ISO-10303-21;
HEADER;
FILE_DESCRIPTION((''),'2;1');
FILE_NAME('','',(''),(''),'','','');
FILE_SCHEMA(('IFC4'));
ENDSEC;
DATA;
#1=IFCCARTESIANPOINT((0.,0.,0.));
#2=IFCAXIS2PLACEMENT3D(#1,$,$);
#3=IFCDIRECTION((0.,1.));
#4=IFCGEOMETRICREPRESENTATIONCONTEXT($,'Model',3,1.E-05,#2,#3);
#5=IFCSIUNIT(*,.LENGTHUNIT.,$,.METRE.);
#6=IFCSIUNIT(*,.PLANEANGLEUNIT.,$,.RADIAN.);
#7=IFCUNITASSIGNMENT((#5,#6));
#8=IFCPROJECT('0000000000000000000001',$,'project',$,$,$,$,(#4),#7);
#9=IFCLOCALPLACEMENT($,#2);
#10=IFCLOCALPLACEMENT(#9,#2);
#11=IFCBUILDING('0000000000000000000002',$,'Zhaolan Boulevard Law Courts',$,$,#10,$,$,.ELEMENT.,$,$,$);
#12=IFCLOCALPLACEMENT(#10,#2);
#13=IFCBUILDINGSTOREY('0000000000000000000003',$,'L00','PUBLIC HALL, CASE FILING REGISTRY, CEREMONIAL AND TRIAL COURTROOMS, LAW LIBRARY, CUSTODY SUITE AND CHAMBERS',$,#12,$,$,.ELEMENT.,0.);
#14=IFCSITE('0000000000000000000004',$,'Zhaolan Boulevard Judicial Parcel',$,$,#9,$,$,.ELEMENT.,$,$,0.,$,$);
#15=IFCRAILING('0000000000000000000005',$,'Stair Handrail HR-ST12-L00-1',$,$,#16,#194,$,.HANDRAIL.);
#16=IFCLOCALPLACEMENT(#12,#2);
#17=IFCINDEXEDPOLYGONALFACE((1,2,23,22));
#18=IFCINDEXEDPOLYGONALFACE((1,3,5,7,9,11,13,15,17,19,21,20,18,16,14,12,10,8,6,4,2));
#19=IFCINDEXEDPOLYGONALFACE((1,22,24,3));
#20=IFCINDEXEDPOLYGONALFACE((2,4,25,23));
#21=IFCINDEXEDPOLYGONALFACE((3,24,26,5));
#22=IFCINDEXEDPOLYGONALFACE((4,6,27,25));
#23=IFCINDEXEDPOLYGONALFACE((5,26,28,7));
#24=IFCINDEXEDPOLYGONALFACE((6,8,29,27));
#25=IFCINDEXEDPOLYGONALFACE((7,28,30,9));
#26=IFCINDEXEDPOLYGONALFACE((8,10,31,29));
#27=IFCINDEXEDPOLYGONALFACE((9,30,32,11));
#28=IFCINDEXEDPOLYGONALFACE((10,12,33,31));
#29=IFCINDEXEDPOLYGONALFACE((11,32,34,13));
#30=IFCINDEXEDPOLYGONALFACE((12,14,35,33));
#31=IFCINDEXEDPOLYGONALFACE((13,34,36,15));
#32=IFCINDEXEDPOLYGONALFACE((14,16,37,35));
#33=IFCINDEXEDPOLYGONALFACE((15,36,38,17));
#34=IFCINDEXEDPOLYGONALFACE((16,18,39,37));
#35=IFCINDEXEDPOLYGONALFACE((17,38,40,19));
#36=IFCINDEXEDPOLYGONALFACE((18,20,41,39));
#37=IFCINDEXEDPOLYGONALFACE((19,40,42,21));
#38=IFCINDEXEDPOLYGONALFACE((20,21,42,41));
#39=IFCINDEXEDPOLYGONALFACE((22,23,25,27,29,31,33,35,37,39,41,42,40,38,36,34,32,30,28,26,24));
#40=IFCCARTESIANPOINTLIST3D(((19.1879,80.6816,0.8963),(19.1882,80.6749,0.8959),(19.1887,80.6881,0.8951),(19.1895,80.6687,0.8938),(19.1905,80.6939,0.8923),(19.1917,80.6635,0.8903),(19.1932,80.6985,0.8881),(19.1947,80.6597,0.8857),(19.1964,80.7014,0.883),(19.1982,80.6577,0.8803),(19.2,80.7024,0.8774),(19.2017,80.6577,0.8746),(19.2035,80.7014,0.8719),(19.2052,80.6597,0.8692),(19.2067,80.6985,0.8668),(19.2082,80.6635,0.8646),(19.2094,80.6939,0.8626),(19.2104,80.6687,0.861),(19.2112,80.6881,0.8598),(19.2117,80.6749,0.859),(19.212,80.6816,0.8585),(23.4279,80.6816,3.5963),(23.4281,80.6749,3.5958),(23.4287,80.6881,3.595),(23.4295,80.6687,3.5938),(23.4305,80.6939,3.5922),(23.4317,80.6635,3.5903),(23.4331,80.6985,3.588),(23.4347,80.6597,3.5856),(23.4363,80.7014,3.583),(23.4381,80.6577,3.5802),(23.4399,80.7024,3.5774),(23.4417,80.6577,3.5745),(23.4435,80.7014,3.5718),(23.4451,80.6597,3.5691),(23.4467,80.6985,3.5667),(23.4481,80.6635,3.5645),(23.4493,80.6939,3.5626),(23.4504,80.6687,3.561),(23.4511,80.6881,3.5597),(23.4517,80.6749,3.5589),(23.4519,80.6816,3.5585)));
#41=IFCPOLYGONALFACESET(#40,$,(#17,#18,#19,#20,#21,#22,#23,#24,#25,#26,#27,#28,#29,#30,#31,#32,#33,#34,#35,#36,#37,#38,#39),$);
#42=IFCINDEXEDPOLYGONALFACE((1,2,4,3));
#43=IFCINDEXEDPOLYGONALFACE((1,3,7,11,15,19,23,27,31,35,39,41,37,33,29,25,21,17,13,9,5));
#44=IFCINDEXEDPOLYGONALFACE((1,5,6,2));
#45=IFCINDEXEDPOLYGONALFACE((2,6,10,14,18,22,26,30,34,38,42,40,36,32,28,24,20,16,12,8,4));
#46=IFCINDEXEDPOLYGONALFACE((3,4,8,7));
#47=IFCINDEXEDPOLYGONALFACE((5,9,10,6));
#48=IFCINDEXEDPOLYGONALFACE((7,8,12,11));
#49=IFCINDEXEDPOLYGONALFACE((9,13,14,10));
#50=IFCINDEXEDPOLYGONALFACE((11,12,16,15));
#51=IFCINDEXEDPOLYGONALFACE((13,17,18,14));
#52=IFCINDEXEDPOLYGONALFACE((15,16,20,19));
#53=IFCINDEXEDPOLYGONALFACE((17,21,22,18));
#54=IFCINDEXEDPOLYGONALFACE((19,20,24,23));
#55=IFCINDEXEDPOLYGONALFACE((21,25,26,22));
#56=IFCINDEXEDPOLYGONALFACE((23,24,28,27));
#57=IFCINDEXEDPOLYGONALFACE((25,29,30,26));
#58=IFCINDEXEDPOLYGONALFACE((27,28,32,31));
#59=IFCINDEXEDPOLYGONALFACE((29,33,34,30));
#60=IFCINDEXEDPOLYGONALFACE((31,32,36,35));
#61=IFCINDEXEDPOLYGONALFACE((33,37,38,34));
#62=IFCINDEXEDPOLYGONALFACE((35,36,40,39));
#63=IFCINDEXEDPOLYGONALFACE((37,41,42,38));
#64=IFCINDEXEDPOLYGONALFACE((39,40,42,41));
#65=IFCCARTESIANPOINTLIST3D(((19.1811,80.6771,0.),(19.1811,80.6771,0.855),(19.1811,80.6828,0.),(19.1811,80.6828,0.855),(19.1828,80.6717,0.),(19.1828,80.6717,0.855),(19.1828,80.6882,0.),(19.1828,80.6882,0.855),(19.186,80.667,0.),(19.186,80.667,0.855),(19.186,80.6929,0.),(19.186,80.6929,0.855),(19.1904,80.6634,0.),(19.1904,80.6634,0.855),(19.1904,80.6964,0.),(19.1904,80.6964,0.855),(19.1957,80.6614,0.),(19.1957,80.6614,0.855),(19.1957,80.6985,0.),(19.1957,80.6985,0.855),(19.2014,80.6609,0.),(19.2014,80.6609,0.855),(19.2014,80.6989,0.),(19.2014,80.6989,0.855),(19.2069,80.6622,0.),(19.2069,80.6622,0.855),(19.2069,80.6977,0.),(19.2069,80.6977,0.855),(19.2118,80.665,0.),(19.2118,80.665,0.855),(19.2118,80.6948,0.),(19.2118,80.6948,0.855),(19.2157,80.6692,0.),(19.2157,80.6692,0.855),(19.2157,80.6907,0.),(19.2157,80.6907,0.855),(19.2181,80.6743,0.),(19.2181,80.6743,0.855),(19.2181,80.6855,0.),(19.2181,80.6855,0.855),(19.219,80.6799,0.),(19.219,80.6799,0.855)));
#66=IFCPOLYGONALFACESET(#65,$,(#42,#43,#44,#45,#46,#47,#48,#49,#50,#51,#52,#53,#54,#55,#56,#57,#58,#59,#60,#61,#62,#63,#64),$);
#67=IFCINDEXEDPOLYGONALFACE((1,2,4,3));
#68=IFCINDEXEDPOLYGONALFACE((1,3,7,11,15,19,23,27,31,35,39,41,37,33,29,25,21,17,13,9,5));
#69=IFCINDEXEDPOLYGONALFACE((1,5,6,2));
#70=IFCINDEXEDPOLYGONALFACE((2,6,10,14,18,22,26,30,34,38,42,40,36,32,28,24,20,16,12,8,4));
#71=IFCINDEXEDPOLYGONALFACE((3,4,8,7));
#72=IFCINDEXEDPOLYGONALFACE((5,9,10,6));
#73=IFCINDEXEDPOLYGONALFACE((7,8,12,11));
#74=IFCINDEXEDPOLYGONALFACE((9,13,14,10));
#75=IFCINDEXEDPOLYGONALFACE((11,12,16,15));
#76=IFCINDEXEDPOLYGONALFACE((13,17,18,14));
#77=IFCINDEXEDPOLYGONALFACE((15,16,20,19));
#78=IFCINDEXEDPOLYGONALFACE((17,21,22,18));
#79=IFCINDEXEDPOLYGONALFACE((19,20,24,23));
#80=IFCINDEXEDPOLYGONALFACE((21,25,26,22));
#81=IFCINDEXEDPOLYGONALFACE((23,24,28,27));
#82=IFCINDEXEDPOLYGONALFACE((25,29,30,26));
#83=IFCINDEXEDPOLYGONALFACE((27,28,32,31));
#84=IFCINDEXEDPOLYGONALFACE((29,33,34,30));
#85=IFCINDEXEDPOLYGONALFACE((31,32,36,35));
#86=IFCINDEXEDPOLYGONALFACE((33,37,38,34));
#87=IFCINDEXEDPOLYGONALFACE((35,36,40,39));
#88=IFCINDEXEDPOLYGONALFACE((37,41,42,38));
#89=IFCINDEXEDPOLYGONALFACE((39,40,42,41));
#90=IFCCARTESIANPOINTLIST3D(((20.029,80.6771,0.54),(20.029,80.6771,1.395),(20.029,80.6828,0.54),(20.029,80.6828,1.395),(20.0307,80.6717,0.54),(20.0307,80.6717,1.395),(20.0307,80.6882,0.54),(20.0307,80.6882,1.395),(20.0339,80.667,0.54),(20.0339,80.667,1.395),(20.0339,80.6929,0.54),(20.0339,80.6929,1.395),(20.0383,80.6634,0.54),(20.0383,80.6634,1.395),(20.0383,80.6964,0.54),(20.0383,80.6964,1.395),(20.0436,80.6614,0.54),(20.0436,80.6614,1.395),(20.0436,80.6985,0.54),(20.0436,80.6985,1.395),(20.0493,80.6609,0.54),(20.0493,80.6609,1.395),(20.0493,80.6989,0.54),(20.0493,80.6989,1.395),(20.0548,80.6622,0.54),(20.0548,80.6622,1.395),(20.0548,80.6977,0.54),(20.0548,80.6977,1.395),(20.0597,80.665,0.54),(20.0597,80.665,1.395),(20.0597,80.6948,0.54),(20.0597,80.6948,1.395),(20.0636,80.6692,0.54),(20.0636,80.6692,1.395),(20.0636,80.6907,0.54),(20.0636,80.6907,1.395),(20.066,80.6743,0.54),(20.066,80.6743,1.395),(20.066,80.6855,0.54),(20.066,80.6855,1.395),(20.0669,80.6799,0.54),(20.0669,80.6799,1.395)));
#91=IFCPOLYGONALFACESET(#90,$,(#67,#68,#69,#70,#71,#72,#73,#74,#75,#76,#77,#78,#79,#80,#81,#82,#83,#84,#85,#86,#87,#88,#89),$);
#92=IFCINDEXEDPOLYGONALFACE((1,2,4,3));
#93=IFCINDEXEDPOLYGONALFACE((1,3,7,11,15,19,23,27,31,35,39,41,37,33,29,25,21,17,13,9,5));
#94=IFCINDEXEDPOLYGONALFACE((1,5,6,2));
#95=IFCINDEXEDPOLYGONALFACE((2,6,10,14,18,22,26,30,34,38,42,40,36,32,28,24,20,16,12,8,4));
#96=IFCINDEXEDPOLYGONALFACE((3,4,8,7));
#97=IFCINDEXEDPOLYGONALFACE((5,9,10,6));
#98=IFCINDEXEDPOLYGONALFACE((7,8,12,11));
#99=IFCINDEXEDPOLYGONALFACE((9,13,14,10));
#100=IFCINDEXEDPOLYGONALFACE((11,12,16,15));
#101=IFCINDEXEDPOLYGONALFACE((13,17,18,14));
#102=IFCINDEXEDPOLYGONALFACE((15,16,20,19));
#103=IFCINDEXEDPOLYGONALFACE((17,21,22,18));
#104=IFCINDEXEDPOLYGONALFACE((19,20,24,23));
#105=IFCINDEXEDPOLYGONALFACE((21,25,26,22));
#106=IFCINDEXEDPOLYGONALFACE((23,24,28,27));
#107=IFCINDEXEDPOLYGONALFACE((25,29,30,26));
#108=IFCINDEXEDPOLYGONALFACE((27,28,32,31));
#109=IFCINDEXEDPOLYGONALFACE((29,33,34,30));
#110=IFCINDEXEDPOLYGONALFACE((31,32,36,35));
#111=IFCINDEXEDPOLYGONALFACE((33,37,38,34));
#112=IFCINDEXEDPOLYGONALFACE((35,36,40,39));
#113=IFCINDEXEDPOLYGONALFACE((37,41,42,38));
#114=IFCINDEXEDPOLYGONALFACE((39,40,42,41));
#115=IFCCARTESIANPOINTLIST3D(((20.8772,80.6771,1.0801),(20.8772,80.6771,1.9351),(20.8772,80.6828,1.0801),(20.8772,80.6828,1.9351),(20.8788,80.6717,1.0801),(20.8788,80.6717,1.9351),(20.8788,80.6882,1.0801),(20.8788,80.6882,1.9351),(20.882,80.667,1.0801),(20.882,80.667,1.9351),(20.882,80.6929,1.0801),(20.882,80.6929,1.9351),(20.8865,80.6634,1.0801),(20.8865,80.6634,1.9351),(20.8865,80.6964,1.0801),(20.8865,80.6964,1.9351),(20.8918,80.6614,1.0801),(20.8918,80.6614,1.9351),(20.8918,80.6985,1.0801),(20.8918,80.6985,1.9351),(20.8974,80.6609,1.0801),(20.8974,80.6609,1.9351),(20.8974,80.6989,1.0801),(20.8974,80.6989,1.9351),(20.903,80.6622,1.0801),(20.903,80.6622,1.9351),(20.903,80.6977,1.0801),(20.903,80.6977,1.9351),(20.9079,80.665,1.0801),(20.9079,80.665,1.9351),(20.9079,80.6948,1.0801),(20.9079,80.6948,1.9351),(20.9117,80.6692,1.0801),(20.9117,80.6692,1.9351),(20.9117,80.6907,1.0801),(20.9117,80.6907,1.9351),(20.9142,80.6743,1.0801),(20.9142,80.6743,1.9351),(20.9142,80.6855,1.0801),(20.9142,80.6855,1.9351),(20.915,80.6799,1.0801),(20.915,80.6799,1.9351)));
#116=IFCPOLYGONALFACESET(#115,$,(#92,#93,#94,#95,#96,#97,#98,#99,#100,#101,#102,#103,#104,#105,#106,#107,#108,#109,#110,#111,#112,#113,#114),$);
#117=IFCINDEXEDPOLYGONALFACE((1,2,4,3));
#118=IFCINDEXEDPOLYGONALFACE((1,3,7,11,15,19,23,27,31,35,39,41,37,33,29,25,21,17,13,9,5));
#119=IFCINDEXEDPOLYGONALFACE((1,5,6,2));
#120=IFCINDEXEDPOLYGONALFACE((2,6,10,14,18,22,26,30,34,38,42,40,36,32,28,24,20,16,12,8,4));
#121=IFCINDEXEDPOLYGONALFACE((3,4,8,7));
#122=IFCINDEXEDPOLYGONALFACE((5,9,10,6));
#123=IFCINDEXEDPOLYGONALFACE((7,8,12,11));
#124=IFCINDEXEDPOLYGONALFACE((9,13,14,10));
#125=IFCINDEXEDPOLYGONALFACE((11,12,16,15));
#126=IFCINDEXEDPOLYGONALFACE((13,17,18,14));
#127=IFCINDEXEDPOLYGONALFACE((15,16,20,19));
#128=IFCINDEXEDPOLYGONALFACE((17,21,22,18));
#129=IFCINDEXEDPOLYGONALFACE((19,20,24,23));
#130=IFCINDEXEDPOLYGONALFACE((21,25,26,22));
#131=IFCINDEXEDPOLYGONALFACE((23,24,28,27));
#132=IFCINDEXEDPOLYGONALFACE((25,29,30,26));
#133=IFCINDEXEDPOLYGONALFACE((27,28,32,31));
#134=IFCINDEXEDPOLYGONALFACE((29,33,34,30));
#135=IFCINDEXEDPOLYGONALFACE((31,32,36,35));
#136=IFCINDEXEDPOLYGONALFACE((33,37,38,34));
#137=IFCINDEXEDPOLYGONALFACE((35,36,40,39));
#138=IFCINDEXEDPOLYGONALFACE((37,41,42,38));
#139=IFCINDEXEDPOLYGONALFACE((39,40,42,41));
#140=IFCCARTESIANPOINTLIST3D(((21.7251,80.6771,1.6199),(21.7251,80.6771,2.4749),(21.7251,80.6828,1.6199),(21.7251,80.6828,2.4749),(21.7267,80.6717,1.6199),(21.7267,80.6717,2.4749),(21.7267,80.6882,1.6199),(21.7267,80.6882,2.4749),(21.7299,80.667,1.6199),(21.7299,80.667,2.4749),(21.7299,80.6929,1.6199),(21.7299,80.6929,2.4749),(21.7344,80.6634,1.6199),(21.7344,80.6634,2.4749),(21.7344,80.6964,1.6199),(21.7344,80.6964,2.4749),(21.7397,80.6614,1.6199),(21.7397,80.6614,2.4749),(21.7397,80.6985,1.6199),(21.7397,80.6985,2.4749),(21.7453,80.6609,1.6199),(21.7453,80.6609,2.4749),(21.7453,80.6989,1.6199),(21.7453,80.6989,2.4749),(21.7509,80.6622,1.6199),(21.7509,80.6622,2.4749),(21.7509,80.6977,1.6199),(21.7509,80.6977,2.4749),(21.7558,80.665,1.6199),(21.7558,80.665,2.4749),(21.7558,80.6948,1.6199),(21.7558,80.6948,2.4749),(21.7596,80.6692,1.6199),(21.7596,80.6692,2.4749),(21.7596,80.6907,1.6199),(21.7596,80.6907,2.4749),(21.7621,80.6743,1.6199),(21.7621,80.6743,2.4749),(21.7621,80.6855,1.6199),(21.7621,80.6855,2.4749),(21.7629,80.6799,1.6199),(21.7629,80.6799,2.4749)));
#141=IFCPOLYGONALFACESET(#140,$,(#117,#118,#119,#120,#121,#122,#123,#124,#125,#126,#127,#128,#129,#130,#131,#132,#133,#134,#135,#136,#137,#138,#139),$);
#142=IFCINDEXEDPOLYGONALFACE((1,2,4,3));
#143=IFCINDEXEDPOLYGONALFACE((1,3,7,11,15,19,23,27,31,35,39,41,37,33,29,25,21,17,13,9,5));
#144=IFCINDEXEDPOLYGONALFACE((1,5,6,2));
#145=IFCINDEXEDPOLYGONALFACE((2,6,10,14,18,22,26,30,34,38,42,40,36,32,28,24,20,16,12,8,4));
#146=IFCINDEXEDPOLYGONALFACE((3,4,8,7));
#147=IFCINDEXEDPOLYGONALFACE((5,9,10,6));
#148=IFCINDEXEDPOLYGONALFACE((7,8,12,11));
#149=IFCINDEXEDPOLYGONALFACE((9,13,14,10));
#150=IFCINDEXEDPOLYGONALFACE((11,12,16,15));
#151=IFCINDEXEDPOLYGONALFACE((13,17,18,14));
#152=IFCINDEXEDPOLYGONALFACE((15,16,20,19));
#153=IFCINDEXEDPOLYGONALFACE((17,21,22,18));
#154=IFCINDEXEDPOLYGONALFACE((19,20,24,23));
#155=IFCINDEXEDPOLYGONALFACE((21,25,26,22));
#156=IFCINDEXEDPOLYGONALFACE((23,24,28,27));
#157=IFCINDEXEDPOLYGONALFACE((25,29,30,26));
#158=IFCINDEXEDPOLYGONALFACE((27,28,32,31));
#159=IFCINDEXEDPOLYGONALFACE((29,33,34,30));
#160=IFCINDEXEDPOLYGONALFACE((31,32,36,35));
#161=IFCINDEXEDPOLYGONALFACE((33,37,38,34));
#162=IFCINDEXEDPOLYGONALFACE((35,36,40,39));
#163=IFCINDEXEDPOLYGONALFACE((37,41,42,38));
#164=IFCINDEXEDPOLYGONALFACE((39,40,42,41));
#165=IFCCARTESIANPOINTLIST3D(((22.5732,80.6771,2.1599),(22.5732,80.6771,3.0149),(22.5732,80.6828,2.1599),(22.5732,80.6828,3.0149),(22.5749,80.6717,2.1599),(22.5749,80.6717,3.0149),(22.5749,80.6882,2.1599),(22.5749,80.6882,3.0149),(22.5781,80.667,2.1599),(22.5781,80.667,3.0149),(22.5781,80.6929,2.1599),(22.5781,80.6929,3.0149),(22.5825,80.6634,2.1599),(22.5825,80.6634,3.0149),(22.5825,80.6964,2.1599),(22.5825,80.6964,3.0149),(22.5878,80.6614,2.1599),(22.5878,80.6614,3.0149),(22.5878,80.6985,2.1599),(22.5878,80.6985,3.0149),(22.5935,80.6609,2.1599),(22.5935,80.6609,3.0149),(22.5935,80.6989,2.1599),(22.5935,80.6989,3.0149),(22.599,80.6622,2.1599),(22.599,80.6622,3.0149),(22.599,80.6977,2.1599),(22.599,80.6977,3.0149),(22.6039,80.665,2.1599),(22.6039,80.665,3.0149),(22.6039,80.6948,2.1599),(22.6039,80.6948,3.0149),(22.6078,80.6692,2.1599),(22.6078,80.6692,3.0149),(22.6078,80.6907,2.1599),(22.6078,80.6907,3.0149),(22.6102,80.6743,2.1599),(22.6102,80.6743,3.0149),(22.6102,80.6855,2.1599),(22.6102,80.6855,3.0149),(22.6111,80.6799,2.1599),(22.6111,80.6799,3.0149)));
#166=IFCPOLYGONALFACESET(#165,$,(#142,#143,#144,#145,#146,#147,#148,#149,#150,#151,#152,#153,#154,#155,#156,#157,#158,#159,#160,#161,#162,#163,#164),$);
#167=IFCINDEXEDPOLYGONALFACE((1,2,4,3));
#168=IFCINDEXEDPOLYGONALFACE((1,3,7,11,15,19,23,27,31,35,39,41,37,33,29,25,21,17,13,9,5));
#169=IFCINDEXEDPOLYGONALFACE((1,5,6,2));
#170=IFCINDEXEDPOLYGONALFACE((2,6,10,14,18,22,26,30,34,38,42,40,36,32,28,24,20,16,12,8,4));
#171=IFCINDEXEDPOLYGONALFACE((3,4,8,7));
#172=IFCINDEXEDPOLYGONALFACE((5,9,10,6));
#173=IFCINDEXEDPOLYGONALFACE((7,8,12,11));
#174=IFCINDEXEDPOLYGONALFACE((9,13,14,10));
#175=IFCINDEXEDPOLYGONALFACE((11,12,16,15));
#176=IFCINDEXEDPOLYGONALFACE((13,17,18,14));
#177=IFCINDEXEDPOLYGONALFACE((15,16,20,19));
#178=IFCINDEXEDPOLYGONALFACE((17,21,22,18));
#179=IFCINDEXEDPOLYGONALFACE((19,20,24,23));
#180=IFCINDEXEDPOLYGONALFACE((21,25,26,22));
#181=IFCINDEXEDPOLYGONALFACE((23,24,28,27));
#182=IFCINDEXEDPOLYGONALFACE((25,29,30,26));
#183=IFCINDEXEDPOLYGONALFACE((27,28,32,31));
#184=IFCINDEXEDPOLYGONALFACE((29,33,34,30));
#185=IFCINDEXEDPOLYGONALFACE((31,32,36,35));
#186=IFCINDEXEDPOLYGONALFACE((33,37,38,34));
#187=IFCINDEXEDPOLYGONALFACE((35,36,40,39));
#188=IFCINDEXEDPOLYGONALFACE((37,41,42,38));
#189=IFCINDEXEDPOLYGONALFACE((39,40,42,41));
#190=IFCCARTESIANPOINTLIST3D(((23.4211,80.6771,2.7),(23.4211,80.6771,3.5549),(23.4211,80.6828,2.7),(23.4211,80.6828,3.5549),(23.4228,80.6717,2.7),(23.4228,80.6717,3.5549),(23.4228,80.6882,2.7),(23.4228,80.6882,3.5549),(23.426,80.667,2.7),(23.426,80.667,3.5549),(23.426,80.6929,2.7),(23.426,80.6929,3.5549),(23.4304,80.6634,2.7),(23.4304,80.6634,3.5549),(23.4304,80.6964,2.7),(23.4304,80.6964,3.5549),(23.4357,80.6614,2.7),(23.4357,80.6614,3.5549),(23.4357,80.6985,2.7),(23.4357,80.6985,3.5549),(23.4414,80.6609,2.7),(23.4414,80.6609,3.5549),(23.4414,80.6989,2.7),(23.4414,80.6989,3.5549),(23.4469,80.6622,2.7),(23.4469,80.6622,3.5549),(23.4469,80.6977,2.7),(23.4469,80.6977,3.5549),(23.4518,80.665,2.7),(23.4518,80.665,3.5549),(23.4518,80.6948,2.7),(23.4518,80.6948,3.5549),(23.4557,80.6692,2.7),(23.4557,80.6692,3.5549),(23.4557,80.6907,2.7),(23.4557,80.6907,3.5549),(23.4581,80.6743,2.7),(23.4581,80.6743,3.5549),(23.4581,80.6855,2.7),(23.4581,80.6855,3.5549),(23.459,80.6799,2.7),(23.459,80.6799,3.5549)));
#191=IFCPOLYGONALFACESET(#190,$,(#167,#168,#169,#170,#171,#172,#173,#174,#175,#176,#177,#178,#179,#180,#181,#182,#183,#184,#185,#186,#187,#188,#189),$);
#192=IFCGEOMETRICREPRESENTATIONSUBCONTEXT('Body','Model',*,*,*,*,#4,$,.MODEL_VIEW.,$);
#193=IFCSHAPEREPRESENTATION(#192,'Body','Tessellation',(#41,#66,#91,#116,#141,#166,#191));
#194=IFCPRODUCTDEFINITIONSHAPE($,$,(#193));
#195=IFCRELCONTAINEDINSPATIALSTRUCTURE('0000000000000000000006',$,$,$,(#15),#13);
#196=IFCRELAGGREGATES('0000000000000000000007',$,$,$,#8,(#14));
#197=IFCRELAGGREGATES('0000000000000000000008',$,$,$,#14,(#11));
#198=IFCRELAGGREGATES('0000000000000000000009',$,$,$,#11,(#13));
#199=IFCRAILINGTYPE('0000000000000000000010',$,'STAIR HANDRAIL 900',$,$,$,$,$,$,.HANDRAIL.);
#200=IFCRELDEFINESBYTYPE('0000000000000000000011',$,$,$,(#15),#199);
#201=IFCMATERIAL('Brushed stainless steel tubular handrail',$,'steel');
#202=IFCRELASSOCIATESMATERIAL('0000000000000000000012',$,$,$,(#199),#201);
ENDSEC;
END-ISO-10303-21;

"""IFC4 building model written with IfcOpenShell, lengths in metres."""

from ifc_helpers import new_model, si_unit, direction, frame, origin, origin_2d, place, context, subcontext, project, spatial, circle, extrude, material, type_object, element, save


model = new_model("IFC4")

# Units and contexts
model_context = context("Model", 3, precision=1e-05, world=origin(), true_north=direction((0.0, 1.0)))
body_context = subcontext(model_context, "Body", "Model", "MODEL_VIEW")
ifc_project = project(units=[si_unit("LENGTHUNIT", "METRE"), si_unit("PLANEANGLEUNIT", "RADIAN")], contexts=[model_context])

# Site, building, storey
site_placement = place(None, origin())
site = spatial("IfcSite", under=ifc_project, at=site_placement, Name="Zhaolan Boulevard Judicial Parcel", CompositionType="ELEMENT", RefElevation=0.0)
building_placement = place(site_placement, origin())
building = spatial("IfcBuilding", under=site, at=building_placement, Name="Zhaolan Boulevard Law Courts", CompositionType="ELEMENT")
storey_placement = place(building_placement, origin())
storey = spatial("IfcBuildingStorey", under=building, at=storey_placement, Name="L00", Description="PUBLIC HALL, CASE FILING REGISTRY, CEREMONIAL AND TRIAL COURTROOMS, LAW LIBRARY, CUSTODY SUITE AND CHAMBERS", CompositionType="ELEMENT", Elevation=0.0)

# Railing
ifc_material_1 = material(Name="Brushed stainless steel tubular handrail", Category="steel")
railing_type_1 = type_object("IfcRailingType", Name="STAIR HANDRAIL 900", PredefinedType="HANDRAIL", material=ifc_material_1)
railing_1_placement = place(storey_placement, frame((19.2, 80.6799, 0.0)))
element("IfcRailing", 1, at=railing_1_placement, inside=storey, type_object=railing_type_1, Name="Stair Handrail HR-ST12-L00-1", PredefinedType="HANDRAIL", context=body_context, shape_type="SweptSolid", body=[
    extrude(circle(Radius=0.0225, at=origin_2d()), frame((0.0, 0.0, 0.8774), z_axis=(0.843501, 0.0, 0.537127), x_axis=(0.0, 1.0, 0.0)), (0.0, 0.0, 1.0), 5.0266),
    extrude(circle(Radius=0.019, at=origin_2d()), origin(), (0.0, 0.0, 1.0), 0.855),
    extrude(circle(Radius=0.019, at=origin_2d()), frame((0.8479, 0.0, 0.54)), (0.0, 0.0, 1.0), 0.855),
    extrude(circle(Radius=0.019, at=origin_2d()), frame((1.696, 0.0, 1.0801)), (0.0, 0.0, 1.0), 0.855),
    extrude(circle(Radius=0.019, at=origin_2d()), frame((2.5439, 0.0, 1.6199)), (0.0, 0.0, 1.0), 0.855),
    extrude(circle(Radius=0.019, at=origin_2d()), frame((3.3921, 0.0, 2.1599)), (0.0, 0.0, 1.0), 0.855),
    extrude(circle(Radius=0.019, at=origin_2d()), frame((4.24, 0.0, 2.7)), (0.0, 0.0, 1.0), 0.855),
])

save(model, "model.ifc")
